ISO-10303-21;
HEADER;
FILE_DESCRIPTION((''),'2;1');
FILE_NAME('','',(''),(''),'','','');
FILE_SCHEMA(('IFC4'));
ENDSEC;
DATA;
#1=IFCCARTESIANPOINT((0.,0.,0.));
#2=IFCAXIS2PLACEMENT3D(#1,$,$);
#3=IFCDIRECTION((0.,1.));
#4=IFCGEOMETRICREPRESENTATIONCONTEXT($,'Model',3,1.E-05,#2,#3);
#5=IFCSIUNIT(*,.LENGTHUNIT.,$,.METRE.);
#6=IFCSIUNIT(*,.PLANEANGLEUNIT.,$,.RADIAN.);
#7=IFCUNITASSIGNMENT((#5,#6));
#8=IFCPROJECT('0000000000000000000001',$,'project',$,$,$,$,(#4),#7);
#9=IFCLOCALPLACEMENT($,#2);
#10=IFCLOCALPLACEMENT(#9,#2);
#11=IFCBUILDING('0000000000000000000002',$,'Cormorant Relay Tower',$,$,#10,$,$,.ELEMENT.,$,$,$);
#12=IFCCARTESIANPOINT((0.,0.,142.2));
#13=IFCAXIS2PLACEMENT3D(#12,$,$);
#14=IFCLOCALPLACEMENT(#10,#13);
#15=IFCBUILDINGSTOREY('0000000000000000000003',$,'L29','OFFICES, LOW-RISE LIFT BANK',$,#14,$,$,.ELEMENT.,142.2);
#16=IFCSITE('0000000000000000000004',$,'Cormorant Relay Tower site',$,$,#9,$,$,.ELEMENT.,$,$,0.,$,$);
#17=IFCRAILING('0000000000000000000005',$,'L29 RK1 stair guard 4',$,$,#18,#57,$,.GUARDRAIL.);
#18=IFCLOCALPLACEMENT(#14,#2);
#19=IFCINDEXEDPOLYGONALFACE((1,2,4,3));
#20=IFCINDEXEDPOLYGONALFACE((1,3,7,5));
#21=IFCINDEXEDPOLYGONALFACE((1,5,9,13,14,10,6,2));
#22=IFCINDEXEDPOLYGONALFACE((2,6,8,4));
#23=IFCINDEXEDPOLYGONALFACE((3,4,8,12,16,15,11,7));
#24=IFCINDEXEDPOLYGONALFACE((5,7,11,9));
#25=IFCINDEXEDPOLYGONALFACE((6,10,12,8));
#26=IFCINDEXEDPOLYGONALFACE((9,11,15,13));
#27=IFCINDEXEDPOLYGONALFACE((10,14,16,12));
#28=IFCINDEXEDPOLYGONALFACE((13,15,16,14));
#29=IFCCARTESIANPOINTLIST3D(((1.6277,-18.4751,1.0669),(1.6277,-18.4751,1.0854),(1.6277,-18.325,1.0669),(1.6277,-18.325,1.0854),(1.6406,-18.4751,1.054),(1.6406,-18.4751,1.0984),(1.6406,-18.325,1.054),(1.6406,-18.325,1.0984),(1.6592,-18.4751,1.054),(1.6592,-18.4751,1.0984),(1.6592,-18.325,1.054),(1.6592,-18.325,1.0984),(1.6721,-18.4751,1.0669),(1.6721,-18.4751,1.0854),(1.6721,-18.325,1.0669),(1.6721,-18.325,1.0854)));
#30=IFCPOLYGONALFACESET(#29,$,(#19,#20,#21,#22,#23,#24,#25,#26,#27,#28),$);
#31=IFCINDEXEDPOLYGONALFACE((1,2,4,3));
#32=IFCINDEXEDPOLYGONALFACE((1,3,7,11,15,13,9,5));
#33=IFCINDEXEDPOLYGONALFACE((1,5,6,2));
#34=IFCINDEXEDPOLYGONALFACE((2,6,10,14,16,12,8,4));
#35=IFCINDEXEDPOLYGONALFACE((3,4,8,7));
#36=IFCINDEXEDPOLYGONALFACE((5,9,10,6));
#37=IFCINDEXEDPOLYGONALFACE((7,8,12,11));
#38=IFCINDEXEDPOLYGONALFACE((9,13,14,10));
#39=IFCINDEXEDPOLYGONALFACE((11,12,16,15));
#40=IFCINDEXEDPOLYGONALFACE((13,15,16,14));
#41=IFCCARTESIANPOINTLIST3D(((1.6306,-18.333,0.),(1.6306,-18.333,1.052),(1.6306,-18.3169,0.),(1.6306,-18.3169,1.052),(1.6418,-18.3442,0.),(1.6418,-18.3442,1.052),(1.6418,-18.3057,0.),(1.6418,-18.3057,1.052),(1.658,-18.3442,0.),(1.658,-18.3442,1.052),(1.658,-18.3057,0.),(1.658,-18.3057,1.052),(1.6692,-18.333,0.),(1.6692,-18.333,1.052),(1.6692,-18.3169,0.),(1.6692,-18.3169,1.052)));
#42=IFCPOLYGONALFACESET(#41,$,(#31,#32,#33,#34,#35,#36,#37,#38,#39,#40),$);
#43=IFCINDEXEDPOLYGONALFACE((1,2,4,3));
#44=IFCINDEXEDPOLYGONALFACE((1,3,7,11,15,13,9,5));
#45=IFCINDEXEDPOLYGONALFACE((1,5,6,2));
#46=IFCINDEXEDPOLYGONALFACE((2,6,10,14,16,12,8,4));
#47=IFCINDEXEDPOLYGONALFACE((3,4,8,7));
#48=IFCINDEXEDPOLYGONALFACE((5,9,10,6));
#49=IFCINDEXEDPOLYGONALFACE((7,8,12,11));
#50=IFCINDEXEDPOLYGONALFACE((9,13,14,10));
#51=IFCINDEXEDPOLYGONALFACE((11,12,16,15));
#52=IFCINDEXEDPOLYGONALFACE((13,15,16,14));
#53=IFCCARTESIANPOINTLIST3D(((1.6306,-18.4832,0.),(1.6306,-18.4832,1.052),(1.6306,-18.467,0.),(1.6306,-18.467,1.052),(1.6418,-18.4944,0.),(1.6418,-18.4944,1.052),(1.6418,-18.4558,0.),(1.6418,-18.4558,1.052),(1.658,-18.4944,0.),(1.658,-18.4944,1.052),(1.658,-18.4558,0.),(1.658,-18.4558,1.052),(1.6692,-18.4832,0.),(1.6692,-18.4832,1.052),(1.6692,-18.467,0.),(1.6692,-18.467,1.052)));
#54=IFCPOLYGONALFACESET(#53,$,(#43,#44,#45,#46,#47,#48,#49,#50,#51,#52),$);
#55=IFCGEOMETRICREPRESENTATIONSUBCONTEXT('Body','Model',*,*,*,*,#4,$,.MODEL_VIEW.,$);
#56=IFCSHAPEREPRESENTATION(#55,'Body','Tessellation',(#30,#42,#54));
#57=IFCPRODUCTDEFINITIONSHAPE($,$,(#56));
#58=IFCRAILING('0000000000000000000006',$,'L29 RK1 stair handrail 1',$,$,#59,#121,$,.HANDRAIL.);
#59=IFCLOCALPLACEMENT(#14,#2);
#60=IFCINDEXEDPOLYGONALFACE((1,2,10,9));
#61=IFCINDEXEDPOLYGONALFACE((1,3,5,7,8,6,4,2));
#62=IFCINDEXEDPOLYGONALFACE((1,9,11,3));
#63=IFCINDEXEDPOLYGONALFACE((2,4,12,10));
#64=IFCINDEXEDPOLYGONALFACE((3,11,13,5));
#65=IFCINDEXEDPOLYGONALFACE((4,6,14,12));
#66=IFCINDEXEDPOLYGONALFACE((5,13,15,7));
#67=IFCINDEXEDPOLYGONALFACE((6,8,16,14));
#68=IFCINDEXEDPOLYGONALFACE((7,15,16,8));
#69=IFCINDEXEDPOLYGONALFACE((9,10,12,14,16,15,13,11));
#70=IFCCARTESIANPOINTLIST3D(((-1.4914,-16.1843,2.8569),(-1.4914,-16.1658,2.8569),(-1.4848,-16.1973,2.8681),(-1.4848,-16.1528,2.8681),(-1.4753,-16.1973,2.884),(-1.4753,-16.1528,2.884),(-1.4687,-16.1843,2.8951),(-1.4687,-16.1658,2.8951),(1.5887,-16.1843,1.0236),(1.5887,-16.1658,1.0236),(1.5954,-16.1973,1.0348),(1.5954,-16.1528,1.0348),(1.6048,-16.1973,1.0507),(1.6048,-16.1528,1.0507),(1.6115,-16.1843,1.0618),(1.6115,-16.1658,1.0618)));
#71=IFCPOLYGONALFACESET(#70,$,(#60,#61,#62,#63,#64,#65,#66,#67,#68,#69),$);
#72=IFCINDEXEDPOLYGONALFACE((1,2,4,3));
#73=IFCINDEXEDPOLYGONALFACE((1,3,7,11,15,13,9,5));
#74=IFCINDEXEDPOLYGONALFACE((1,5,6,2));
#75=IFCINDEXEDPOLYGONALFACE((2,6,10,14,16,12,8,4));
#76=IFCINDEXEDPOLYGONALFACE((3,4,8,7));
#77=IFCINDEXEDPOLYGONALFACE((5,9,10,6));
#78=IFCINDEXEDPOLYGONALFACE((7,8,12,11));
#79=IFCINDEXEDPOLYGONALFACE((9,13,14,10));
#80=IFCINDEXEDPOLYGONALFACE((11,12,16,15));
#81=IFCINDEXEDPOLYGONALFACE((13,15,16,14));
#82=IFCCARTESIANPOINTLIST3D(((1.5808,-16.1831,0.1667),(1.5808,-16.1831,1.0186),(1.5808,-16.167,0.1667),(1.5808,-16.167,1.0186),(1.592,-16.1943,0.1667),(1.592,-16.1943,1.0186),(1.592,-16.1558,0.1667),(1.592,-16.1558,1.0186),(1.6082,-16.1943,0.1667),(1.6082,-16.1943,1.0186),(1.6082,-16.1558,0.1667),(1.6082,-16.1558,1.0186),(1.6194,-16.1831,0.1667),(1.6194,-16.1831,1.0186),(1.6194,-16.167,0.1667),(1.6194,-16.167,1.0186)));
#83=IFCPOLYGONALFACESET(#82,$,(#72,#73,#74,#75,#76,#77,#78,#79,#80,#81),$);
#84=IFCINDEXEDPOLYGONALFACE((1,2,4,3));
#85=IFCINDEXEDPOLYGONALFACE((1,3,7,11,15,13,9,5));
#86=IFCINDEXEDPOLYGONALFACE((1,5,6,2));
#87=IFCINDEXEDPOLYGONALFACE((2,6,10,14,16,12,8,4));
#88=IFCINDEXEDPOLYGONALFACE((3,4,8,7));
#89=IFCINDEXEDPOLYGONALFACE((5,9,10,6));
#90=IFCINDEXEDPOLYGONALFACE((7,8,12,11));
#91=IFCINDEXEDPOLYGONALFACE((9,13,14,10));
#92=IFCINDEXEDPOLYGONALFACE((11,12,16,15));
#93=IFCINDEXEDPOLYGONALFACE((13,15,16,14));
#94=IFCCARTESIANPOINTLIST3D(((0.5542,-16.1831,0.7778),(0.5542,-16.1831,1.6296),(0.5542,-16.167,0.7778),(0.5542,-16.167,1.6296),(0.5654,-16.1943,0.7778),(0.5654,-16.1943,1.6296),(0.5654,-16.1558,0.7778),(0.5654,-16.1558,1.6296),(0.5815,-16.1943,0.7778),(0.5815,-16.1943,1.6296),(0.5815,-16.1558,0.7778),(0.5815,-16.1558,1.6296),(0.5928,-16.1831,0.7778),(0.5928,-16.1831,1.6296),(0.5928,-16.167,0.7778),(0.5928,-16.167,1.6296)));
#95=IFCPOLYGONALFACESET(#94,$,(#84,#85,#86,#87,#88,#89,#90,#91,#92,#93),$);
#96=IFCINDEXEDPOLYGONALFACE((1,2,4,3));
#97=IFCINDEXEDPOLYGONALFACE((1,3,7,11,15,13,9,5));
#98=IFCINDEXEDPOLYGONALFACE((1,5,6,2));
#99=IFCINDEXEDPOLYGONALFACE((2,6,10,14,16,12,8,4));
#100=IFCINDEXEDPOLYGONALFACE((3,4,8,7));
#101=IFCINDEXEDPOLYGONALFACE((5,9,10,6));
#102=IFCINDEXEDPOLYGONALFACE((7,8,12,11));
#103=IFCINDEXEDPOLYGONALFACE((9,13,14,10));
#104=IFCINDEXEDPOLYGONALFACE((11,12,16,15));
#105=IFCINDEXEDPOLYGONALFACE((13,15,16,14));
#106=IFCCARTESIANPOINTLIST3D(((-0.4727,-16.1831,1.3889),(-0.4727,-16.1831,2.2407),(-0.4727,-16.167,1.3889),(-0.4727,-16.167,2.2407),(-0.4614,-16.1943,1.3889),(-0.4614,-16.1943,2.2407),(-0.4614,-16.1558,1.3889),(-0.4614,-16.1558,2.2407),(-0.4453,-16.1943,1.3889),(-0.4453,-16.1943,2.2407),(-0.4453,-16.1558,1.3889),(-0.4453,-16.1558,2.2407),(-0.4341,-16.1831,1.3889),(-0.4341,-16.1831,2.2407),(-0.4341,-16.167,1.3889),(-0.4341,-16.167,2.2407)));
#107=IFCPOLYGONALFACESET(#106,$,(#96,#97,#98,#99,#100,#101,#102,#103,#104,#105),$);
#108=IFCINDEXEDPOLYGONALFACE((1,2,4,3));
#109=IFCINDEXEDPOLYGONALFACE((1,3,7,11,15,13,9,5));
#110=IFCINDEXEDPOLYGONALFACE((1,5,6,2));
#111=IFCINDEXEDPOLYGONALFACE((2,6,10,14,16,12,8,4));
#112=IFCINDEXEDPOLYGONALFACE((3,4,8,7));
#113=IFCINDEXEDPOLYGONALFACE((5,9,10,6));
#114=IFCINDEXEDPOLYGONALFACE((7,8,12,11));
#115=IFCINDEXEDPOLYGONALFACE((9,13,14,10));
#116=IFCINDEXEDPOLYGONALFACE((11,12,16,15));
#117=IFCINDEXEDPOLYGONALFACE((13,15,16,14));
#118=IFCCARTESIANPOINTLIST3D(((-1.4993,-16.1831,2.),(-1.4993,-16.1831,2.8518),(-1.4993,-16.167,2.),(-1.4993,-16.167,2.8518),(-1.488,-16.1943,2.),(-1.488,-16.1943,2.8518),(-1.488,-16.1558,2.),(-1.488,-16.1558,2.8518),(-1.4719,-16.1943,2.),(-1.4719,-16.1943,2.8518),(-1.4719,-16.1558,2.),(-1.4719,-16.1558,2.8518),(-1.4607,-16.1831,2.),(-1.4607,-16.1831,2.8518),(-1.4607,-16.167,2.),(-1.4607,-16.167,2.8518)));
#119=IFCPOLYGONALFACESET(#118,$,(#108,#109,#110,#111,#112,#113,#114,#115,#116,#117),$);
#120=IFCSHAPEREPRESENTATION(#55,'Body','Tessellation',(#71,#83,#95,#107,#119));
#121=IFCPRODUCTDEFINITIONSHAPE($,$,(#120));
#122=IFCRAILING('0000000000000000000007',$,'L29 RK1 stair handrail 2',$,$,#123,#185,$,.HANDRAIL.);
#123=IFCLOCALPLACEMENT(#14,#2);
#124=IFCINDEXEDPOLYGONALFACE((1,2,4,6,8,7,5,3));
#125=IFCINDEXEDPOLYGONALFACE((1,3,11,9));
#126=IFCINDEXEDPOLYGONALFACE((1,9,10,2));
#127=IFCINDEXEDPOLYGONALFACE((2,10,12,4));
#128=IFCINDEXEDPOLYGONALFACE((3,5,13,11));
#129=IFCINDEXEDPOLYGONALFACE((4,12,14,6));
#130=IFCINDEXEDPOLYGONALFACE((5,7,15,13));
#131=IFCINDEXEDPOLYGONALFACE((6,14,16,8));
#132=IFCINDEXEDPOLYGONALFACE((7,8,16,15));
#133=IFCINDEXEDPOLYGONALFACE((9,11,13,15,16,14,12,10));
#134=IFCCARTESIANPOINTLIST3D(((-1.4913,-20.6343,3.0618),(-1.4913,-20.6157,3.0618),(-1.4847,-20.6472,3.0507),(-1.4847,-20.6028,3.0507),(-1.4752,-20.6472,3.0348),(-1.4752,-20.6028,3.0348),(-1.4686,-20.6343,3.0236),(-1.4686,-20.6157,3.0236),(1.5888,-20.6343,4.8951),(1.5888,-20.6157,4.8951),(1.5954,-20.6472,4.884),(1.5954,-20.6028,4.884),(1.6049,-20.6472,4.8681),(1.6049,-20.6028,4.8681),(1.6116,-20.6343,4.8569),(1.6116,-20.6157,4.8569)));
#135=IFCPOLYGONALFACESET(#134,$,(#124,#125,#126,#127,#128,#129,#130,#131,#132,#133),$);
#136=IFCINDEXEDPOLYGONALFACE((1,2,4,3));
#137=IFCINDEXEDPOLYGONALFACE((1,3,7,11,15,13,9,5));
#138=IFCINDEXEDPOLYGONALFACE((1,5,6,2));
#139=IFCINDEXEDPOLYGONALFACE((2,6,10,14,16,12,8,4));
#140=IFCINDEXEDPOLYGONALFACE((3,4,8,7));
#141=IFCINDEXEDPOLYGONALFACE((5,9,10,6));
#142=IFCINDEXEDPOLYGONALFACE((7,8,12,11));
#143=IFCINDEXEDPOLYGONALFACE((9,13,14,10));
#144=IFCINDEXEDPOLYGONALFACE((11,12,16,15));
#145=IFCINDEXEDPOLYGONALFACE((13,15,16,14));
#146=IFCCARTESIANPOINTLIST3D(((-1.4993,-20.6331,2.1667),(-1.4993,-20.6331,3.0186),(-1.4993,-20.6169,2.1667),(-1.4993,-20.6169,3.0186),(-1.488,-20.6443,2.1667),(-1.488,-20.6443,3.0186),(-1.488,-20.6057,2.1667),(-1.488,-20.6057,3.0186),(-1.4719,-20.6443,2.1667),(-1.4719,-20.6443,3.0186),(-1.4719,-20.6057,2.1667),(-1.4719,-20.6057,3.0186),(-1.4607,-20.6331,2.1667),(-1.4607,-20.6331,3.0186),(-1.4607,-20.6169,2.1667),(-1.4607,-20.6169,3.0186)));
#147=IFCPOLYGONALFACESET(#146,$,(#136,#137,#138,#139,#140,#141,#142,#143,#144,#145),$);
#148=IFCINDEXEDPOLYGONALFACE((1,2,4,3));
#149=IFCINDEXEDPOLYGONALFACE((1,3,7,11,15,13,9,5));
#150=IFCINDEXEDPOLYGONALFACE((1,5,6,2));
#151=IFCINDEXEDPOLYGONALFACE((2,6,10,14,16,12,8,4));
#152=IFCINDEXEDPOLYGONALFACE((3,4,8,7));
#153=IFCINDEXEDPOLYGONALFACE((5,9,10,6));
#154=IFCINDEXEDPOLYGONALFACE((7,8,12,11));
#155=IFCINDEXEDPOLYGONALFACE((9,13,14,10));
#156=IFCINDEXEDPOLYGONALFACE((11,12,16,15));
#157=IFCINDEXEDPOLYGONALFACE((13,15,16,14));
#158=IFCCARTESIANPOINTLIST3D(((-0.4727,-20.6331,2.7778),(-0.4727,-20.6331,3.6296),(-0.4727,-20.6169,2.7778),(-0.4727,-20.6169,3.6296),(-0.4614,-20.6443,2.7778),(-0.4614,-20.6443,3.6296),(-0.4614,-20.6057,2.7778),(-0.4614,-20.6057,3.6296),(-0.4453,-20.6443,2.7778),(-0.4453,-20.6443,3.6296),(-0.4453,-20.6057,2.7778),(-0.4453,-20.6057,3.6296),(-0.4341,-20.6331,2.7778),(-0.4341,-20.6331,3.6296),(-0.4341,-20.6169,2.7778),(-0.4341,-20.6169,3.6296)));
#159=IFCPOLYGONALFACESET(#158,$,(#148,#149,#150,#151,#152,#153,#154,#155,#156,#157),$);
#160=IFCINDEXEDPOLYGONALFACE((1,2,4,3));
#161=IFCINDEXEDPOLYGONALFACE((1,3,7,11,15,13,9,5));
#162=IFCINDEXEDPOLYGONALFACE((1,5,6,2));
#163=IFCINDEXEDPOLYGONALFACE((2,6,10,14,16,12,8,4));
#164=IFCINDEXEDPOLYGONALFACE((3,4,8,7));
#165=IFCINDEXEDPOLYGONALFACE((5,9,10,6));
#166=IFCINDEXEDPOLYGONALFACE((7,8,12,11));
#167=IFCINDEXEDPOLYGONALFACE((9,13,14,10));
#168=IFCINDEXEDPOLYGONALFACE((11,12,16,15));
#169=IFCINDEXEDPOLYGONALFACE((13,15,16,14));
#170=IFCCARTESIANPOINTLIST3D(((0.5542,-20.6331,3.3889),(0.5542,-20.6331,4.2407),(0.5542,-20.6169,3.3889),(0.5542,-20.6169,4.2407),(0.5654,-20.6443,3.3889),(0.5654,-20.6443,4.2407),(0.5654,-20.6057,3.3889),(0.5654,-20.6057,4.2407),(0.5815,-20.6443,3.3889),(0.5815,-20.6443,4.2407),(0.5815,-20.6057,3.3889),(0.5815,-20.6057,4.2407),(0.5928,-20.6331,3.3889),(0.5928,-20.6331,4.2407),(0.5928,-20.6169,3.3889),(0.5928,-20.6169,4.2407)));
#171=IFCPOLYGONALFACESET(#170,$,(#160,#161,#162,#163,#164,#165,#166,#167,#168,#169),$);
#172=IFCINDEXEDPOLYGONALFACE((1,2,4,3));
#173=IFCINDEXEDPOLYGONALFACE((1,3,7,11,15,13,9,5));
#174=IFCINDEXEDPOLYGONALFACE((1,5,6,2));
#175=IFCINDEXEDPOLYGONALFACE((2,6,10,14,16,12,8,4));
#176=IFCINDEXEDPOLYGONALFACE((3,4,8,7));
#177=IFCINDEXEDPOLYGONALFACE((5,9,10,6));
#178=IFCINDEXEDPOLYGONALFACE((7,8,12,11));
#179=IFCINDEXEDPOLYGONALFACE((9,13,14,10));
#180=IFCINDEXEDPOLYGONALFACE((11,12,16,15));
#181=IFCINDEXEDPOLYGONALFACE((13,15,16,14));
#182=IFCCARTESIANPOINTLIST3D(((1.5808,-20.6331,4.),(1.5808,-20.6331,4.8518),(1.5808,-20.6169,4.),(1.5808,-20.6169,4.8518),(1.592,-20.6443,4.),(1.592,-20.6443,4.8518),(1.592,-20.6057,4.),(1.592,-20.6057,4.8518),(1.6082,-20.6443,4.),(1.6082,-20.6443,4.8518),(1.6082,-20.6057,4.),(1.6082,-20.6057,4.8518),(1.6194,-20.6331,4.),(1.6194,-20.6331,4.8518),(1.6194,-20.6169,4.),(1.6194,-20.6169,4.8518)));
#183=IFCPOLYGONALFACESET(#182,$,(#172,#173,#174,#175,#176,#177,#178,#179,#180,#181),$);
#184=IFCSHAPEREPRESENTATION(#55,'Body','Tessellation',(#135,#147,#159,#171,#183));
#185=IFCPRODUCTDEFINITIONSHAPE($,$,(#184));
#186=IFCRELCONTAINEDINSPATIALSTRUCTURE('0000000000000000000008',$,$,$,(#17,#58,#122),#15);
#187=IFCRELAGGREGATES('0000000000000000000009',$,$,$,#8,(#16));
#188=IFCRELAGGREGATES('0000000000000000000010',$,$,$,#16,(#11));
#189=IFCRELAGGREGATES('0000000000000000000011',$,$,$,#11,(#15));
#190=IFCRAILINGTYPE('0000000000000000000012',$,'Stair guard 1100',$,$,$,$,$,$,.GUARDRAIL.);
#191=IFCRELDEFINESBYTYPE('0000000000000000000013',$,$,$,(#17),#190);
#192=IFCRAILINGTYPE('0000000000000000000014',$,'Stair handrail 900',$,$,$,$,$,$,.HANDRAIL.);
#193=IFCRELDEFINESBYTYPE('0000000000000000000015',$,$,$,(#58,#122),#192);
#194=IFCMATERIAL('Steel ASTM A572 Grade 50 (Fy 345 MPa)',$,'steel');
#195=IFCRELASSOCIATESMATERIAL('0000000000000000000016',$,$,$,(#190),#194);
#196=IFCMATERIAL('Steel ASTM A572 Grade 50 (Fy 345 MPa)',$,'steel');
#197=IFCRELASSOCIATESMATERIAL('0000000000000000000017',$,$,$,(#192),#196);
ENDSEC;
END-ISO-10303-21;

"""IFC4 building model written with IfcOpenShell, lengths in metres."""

from ifc_helpers import new_model, si_unit, direction, frame, origin, place, context, subcontext, project, spatial, polyline, outline, extrude, material, type_object, element, save


model = new_model("IFC4")

# Units and contexts
model_context = context("Model", 3, precision=1e-05, world=origin(), true_north=direction((0.0, 1.0)))
body_context = subcontext(model_context, "Body", "Model", "MODEL_VIEW")
ifc_project = project(units=[si_unit("LENGTHUNIT", "METRE"), si_unit("PLANEANGLEUNIT", "RADIAN")], contexts=[model_context])

# Site, building, storey
site_placement = place(None, origin())
site = spatial("IfcSite", under=ifc_project, at=site_placement, Name="Cormorant Relay Tower site", CompositionType="ELEMENT", RefElevation=0.0)
building_placement = place(site_placement, origin())
building = spatial("IfcBuilding", under=site, at=building_placement, Name="Cormorant Relay Tower", CompositionType="ELEMENT")
storey_placement = place(building_placement, frame((0.0, 0.0, 142.2)))
storey = spatial("IfcBuildingStorey", under=building, at=storey_placement, Name="L29", Description="OFFICES, LOW-RISE LIFT BANK", CompositionType="ELEMENT", Elevation=142.2)

# Railings
ifc_material_1 = material(Name="Steel ASTM A572 Grade 50 (Fy 345 MPa)", Category="steel")
railing_type_1 = type_object("IfcRailingType", Name="Stair guard 1100", PredefinedType="GUARDRAIL", material=ifc_material_1)
railing_1_placement = place(storey_placement, frame((1.6499, -18.325, 0.0)))
element("IfcRailing", 1, at=railing_1_placement, inside=storey, type_object=railing_type_1, Name="L29 RK1 stair guard 4", PredefinedType="GUARDRAIL", context=body_context, shape_type="SweptSolid", body=[
    extrude(outline(polyline([(0.0222, 0.0093), (0.0093, 0.0222), (-0.0093, 0.0222), (-0.0222, 0.0093), (-0.0222, -0.0093), (-0.0093, -0.0222), (0.0093, -0.0222), (0.0222, -0.0093), (0.0222, 0.0093)])), frame((0.0, 0.0, 1.0762), z_axis=(0.0, -1.0, 0.0), x_axis=(1.0, 0.0, 0.0)), (0.0, 0.0, 1.0), 0.1501),
    extrude(outline(polyline([(0.0193, 0.0081), (0.0081, 0.0193), (-0.0081, 0.0193), (-0.0193, 0.0081), (-0.0193, -0.0081), (-0.0081, -0.0193), (0.0081, -0.0193), (0.0193, -0.0081), (0.0193, 0.0081)])), origin(), (0.0, 0.0, 1.0), 1.052),
    extrude(outline(polyline([(0.0193, 0.0081), (0.0081, 0.0193), (-0.0081, 0.0193), (-0.0193, 0.0081), (-0.0193, -0.0081), (-0.0081, -0.0193), (0.0081, -0.0193), (0.0193, -0.0081), (0.0193, 0.0081)])), frame((0.0, -0.1501, 0.0)), (0.0, 0.0, 1.0), 1.052),
])
ifc_material_2 = material(Name="Steel ASTM A572 Grade 50 (Fy 345 MPa)", Category="steel")
railing_type_2 = type_object("IfcRailingType", Name="Stair handrail 900", PredefinedType="HANDRAIL", material=ifc_material_2)
railing_2_placement = place(storey_placement, frame((1.6001, -16.175, 0.1667)))
element("IfcRailing", 2, at=railing_2_placement, inside=storey, type_object=railing_type_2, Name="L29 RK1 stair handrail 1", PredefinedType="HANDRAIL", context=body_context, shape_type="SweptSolid", body=[
    extrude(outline(polyline([(0.0222, 0.0093), (0.0093, 0.0222), (-0.0093, 0.0222), (-0.0222, 0.0093), (-0.0222, -0.0093), (-0.0093, -0.0222), (0.0093, -0.0222), (0.0222, -0.0093), (0.0222, 0.0093)])), frame((0.0, 0.0, 0.876), z_axis=(-0.859309, 0.0, 0.511458), x_axis=(0.0, -1.0, 0.0)), (0.0, 0.0, 1.0), 3.5845),
    extrude(outline(polyline([(0.0193, 0.0081), (0.0081, 0.0193), (-0.0081, 0.0193), (-0.0193, 0.0081), (-0.0193, -0.0081), (-0.0081, -0.0193), (0.0081, -0.0193), (0.0193, -0.0081), (0.0193, 0.0081)])), origin(), (0.0, 0.0, 1.0), 0.8518),
    extrude(outline(polyline([(0.0193, 0.0081), (0.0081, 0.0193), (-0.0081, 0.0193), (-0.0193, 0.0081), (-0.0193, -0.0081), (-0.0081, -0.0193), (0.0081, -0.0193), (0.0193, -0.0081), (0.0193, 0.0081)])), frame((-1.0266, 0.0, 0.6111)), (0.0, 0.0, 1.0), 0.8518),
    extrude(outline(polyline([(0.0193, 0.0081), (0.0081, 0.0193), (-0.0081, 0.0193), (-0.0193, 0.0081), (-0.0193, -0.0081), (-0.0081, -0.0193), (0.0081, -0.0193), (0.0193, -0.0081), (0.0193, 0.0081)])), frame((-2.0535, 0.0, 1.2222)), (0.0, 0.0, 1.0), 0.8518),
    extrude(outline(polyline([(0.0193, 0.0081), (0.0081, 0.0193), (-0.0081, 0.0193), (-0.0193, 0.0081), (-0.0193, -0.0081), (-0.0081, -0.0193), (0.0081, -0.0193), (0.0193, -0.0081), (0.0193, 0.0081)])), frame((-3.0801, 0.0, 1.8333)), (0.0, 0.0, 1.0), 0.8518),
])
railing_3_placement = place(storey_placement, frame((-1.48, -20.625, 2.1667)))
element("IfcRailing", 3, at=railing_3_placement, inside=storey, type_object=railing_type_2, Name="L29 RK1 stair handrail 2", PredefinedType="HANDRAIL", context=body_context, shape_type="SweptSolid", body=[
    extrude(outline(polyline([(0.0222, 0.0093), (0.0093, 0.0222), (-0.0093, 0.0222), (-0.0222, 0.0093), (-0.0222, -0.0093), (-0.0093, -0.0222), (0.0093, -0.0222), (0.0222, -0.0093), (0.0222, 0.0093)])), frame((0.0, 0.0, 0.876), z_axis=(0.859309, 0.0, 0.511458), x_axis=(0.0, 1.0, 0.0)), (0.0, 0.0, 1.0), 3.5845),
    extrude(outline(polyline([(0.0193, 0.0081), (0.0081, 0.0193), (-0.0081, 0.0193), (-0.0193, 0.0081), (-0.0193, -0.0081), (-0.0081, -0.0193), (0.0081, -0.0193), (0.0193, -0.0081), (0.0193, 0.0081)])), origin(), (0.0, 0.0, 1.0), 0.8518),
    extrude(outline(polyline([(0.0193, 0.0081), (0.0081, 0.0193), (-0.0081, 0.0193), (-0.0193, 0.0081), (-0.0193, -0.0081), (-0.0081, -0.0193), (0.0081, -0.0193), (0.0193, -0.0081), (0.0193, 0.0081)])), frame((1.0266, 0.0, 0.6111)), (0.0, 0.0, 1.0), 0.8518),
    extrude(outline(polyline([(0.0193, 0.0081), (0.0081, 0.0193), (-0.0081, 0.0193), (-0.0193, 0.0081), (-0.0193, -0.0081), (-0.0081, -0.0193), (0.0081, -0.0193), (0.0193, -0.0081), (0.0193, 0.0081)])), frame((2.0535, 0.0, 1.2222)), (0.0, 0.0, 1.0), 0.8518),
    extrude(outline(polyline([(0.0193, 0.0081), (0.0081, 0.0193), (-0.0081, 0.0193), (-0.0193, 0.0081), (-0.0193, -0.0081), (-0.0081, -0.0193), (0.0081, -0.0193), (0.0193, -0.0081), (0.0193, 0.0081)])), frame((3.0801, 0.0, 1.8333)), (0.0, 0.0, 1.0), 0.8518),
])

save(model, "model.ifc")
